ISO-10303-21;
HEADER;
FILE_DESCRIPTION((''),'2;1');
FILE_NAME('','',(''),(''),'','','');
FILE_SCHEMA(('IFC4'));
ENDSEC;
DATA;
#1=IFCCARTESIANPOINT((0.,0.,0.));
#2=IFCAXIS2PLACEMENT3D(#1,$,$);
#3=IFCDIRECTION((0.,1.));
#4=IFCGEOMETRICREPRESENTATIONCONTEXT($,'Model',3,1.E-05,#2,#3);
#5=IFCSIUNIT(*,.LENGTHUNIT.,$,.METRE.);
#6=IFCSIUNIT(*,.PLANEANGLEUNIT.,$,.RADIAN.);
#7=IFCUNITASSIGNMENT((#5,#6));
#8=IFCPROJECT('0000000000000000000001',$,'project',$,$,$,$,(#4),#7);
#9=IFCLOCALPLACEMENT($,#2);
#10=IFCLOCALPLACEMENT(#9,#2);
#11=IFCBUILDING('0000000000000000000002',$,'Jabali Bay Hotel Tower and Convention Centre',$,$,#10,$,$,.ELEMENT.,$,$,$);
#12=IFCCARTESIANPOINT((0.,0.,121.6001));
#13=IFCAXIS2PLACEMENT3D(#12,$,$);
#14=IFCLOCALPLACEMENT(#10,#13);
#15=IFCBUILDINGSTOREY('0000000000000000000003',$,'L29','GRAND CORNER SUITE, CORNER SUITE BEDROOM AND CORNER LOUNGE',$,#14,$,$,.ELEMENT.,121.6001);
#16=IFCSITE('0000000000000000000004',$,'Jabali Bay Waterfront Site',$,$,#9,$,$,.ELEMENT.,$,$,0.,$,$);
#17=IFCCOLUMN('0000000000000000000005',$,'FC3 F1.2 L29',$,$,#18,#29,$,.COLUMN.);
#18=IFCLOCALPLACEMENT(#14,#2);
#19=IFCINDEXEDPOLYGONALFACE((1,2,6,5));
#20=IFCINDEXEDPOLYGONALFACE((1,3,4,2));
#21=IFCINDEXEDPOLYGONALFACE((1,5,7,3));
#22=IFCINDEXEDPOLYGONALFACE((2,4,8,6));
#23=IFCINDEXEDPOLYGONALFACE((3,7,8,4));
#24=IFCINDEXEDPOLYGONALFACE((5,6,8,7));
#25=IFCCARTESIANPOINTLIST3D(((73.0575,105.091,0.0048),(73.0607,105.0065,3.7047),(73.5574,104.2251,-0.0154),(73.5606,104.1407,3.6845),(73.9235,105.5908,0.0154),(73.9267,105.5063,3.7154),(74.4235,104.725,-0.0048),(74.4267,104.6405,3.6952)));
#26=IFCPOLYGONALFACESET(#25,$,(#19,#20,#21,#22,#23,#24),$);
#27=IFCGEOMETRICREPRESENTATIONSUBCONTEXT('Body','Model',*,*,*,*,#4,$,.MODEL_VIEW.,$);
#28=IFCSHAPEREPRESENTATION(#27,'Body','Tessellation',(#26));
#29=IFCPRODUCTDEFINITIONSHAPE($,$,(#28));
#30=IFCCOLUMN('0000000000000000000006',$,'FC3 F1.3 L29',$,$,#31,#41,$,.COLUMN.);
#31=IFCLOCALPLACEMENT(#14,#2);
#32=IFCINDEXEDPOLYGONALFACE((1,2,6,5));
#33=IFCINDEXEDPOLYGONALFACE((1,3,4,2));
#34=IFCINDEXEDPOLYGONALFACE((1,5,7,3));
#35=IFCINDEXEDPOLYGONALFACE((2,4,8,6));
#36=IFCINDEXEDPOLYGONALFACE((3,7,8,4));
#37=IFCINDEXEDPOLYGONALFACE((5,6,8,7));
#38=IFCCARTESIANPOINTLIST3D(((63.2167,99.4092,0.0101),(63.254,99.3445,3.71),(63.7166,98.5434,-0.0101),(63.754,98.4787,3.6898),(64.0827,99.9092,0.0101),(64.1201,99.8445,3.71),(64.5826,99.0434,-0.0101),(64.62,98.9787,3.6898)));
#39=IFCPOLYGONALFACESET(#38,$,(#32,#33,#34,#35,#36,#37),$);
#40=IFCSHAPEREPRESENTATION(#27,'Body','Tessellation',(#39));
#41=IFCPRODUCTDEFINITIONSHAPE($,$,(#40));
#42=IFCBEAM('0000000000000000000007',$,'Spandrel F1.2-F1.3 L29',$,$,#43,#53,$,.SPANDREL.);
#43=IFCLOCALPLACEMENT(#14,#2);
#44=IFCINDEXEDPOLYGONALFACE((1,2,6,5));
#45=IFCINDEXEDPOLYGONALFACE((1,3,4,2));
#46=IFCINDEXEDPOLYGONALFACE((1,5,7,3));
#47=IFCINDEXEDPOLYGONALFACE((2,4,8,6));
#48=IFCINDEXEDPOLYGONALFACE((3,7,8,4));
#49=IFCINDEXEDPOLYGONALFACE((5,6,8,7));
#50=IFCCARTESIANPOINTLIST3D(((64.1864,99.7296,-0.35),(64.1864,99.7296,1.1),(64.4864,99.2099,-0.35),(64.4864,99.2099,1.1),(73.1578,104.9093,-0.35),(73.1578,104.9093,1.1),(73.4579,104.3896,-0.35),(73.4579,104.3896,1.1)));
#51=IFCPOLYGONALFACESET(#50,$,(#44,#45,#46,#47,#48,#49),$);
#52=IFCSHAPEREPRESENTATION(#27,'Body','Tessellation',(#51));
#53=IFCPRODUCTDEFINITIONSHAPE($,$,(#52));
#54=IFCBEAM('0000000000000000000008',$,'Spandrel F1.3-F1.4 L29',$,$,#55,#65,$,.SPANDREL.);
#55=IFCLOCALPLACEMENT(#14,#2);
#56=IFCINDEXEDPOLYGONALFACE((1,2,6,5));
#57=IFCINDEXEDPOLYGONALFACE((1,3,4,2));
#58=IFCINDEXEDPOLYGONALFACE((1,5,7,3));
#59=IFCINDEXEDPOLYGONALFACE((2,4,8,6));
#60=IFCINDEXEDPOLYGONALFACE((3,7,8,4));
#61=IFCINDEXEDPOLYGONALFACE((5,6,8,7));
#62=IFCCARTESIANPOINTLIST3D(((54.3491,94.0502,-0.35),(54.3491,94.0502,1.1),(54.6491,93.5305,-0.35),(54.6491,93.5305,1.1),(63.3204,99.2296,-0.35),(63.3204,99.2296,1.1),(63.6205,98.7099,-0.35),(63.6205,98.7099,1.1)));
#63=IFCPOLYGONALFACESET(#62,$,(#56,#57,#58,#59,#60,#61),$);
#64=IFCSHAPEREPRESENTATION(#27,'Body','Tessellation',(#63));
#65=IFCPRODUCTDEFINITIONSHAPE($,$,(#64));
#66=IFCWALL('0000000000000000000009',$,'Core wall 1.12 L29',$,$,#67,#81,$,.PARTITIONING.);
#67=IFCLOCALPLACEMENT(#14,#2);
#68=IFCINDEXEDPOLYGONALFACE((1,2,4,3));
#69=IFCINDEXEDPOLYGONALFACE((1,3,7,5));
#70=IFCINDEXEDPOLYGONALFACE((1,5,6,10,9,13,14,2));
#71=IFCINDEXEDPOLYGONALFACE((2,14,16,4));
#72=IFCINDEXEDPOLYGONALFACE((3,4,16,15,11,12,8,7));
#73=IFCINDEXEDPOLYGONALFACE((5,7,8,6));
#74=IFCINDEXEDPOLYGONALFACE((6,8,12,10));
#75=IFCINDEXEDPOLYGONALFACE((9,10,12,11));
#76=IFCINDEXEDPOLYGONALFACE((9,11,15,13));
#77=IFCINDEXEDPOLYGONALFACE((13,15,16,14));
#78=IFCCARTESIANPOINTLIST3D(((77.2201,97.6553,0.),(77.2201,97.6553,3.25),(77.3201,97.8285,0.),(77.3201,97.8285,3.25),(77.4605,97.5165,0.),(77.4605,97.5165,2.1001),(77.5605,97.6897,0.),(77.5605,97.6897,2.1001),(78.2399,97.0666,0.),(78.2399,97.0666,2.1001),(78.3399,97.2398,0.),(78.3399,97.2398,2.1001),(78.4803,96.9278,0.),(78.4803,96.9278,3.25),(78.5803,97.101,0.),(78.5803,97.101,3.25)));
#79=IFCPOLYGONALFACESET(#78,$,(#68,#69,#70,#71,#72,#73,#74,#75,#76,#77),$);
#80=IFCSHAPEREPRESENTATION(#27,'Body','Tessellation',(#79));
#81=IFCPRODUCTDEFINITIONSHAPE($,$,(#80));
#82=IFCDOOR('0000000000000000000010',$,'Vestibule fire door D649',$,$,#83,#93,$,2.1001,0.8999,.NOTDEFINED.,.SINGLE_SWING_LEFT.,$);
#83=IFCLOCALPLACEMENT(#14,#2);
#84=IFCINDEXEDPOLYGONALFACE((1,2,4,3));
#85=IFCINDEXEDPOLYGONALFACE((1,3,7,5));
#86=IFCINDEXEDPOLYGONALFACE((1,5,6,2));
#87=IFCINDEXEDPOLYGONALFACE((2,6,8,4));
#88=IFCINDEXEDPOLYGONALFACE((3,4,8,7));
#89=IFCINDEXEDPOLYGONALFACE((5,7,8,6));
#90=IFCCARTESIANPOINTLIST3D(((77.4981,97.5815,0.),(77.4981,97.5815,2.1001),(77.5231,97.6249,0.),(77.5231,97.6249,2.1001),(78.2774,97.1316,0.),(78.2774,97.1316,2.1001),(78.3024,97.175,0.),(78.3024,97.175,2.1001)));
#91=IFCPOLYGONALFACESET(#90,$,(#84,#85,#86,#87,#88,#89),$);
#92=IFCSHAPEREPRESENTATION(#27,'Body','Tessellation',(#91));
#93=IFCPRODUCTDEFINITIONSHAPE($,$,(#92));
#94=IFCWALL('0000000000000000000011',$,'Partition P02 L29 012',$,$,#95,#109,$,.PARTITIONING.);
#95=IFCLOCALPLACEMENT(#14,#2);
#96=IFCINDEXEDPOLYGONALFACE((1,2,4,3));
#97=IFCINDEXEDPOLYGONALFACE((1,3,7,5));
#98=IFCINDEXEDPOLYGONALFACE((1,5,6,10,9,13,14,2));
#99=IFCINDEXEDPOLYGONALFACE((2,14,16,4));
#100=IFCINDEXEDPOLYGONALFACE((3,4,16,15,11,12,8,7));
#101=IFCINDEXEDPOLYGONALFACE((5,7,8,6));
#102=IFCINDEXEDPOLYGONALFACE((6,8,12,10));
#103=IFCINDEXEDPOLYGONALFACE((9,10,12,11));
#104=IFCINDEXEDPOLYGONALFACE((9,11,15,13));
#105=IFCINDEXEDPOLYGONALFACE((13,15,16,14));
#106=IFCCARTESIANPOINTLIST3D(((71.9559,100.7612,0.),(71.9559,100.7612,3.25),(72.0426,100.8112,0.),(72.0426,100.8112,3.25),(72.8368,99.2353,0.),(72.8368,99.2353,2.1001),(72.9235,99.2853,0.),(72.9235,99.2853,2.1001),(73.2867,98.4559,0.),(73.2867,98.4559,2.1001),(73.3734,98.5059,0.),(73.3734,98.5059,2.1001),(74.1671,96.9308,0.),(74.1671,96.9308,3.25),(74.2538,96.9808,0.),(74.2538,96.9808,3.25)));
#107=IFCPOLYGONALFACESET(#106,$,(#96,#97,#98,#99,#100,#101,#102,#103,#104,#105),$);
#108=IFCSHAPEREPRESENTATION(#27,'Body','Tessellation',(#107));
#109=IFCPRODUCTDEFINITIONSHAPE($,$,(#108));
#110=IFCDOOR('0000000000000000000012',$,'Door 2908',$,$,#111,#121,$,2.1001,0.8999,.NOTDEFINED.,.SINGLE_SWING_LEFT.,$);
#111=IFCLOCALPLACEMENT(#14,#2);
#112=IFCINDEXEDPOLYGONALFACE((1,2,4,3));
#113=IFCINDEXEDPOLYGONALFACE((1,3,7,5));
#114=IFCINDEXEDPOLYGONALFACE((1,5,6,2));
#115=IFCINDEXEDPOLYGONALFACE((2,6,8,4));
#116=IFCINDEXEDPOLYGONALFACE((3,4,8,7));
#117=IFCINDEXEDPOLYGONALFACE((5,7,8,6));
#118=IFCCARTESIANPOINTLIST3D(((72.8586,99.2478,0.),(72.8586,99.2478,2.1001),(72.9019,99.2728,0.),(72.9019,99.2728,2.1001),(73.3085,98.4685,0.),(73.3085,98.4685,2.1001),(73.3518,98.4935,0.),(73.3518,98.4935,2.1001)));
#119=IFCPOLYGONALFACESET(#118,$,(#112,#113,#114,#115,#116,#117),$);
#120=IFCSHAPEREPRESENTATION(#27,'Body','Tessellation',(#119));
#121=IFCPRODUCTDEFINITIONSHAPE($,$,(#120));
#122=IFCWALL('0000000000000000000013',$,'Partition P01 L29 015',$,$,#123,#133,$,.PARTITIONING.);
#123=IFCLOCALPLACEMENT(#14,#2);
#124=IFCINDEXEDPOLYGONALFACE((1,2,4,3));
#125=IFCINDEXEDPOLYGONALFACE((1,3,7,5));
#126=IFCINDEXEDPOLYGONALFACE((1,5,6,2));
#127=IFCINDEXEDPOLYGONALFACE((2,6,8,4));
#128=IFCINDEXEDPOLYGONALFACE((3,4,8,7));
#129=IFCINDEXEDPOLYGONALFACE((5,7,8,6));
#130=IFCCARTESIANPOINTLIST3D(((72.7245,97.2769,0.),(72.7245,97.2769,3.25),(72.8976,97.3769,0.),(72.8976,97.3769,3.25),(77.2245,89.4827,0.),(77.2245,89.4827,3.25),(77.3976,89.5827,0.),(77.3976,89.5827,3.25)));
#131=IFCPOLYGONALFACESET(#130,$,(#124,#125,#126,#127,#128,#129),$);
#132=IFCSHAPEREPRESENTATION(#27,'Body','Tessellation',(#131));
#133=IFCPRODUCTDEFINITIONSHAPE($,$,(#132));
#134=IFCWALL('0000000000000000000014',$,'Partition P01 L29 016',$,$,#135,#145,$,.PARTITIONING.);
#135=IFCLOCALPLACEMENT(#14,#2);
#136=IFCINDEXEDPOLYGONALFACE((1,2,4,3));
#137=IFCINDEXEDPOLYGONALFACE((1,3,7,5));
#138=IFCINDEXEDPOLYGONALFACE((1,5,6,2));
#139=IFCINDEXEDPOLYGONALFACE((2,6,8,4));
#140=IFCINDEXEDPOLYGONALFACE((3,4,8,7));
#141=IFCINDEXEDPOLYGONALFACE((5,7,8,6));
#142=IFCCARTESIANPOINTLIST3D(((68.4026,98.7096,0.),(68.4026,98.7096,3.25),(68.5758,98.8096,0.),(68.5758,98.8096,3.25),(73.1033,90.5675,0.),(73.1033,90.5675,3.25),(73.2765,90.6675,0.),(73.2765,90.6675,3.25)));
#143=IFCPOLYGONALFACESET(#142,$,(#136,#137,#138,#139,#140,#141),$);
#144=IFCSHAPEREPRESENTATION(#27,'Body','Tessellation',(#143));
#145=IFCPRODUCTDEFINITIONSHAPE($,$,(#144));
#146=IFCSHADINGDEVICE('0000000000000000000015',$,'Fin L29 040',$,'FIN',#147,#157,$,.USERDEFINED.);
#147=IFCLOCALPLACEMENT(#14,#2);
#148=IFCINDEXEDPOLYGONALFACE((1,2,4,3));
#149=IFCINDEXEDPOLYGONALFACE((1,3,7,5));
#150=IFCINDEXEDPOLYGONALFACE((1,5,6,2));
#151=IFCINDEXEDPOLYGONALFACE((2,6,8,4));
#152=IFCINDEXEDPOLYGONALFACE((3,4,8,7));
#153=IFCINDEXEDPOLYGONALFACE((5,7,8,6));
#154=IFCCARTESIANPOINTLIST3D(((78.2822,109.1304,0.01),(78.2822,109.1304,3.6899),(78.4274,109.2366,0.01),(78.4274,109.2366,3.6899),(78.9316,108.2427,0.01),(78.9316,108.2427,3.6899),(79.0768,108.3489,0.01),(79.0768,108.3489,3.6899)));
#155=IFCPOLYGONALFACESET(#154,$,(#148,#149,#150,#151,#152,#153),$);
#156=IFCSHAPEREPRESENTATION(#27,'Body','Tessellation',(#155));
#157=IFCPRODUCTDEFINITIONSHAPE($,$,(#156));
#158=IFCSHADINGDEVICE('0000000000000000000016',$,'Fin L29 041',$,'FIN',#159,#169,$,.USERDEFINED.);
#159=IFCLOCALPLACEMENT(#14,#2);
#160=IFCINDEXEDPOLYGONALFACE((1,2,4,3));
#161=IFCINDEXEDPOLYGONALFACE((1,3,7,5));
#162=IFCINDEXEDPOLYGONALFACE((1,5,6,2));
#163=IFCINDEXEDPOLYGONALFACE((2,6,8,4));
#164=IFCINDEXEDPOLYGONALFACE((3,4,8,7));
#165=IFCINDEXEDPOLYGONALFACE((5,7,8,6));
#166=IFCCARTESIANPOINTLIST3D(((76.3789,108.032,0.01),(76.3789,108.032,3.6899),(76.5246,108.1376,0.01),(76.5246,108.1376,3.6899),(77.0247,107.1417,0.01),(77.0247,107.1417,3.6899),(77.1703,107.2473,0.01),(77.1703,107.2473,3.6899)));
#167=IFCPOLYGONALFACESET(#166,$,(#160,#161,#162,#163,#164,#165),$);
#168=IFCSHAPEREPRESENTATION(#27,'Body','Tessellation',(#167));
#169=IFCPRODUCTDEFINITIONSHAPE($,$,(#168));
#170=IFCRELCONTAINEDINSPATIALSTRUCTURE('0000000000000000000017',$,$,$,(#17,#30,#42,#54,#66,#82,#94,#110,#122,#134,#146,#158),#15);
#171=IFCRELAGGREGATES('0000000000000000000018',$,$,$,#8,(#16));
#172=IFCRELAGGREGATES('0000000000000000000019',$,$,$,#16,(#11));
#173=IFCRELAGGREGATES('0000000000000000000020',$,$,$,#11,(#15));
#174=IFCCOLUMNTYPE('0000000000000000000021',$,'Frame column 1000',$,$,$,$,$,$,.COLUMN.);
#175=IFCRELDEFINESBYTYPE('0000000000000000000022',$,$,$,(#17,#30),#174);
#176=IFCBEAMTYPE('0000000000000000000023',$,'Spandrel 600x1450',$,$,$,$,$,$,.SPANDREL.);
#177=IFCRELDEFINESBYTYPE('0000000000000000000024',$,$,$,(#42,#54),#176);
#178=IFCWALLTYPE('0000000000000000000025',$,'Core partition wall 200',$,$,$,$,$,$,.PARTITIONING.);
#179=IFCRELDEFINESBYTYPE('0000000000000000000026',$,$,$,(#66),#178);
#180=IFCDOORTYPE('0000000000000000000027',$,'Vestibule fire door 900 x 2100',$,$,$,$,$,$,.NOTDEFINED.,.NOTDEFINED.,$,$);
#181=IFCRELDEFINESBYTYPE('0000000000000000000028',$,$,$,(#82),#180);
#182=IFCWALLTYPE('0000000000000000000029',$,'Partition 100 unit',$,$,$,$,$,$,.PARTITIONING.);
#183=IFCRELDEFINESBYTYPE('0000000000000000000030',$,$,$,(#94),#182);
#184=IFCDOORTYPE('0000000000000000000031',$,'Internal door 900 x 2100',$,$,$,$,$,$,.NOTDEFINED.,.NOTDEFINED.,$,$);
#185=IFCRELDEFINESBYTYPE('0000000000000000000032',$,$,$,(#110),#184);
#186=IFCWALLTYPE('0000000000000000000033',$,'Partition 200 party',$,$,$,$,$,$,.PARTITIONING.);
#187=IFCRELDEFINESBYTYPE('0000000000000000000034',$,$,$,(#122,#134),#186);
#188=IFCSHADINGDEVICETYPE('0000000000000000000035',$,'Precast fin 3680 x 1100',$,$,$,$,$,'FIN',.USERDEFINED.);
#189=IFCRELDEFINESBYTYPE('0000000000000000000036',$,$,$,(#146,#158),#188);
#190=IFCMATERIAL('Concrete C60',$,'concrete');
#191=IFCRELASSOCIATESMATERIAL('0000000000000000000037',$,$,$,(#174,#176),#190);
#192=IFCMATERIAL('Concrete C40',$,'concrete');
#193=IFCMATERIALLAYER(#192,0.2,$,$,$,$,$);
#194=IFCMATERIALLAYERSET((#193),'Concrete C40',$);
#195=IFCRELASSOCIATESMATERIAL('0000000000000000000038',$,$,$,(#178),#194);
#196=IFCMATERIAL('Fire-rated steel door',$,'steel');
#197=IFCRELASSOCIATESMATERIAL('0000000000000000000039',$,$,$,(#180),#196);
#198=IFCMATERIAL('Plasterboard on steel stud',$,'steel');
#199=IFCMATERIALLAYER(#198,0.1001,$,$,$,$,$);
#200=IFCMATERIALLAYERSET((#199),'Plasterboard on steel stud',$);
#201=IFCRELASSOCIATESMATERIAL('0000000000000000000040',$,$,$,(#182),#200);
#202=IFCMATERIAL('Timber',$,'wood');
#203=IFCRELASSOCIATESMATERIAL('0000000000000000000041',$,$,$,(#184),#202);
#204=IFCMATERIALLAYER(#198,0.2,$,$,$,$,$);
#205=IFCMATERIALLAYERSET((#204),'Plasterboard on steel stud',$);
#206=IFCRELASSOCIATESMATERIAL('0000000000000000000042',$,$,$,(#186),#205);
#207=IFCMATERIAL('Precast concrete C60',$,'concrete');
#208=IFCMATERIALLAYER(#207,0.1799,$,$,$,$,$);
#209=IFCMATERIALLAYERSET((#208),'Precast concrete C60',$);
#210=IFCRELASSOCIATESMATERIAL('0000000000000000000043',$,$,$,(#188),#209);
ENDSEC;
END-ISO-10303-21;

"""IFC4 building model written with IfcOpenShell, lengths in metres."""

from ifc_helpers import new_model, si_unit, direction, frame, frame_2d, origin, origin_2d, place, context, subcontext, project, spatial, rectangle, extrude, material, layer, layer_set, material_profile, profile_set, type_object, element, fill, save


model = new_model("IFC4")

# Units and contexts
model_context = context("Model", 3, precision=1e-05, world=origin(), true_north=direction((0.0, 1.0)))
body_context = subcontext(model_context, "Body", "Model", "MODEL_VIEW")
ifc_project = project(units=[si_unit("LENGTHUNIT", "METRE"), si_unit("PLANEANGLEUNIT", "RADIAN")], contexts=[model_context])

# Site, building, storey
site_placement = place(None, origin())
site = spatial("IfcSite", under=ifc_project, at=site_placement, Name="Jabali Bay Waterfront Site", CompositionType="ELEMENT", RefElevation=0.0)
building_placement = place(site_placement, origin())
building = spatial("IfcBuilding", under=site, at=building_placement, Name="Jabali Bay Hotel Tower and Convention Centre", CompositionType="ELEMENT")
storey_placement = place(building_placement, frame((0.0, 0.0, 121.6001)))
storey = spatial("IfcBuildingStorey", under=building, at=storey_placement, Name="L29", Description="GRAND CORNER SUITE, CORNER SUITE BEDROOM AND CORNER LOUNGE", CompositionType="ELEMENT", Elevation=121.6001)

# Columns
ifc_material_1 = material(Name="Concrete C60", Category="concrete")
ifc_material_profile_1 = material_profile(ifc_material_1, rectangle(XDim=1.0, YDim=1.0, at=origin_2d()), Name="Frame column 1000")
ifc_profile_set_1 = profile_set([ifc_material_profile_1], Name="Concrete C60")
column_type = type_object("IfcColumnType", Name="Frame column 1000", PredefinedType="COLUMN", material=ifc_profile_set_1)
column_1_placement = place(storey_placement, frame((73.7405, 104.908, 0.0), z_axis=(0.000858, -0.022825, 0.999739), x_axis=(0.86606, 0.499826, 0.010668)))
element("IfcColumn", 1, at=column_1_placement, inside=storey, type_object=column_type, Name="FC3 F1.2 L29", PredefinedType="COLUMN", context=body_context, shape_type="SweptSolid", body=[
    extrude(rectangle(XDim=1.0, YDim=1.0, at=origin_2d()), origin(), (0.0, 0.0, 1.0), 3.7009),
])
column_2_placement = place(storey_placement, frame((63.8997, 99.2263, 0.0), z_axis=(0.010094, -0.017482, 0.999796), x_axis=(0.86602, 0.500009, 0.0)))
element("IfcColumn", 2, at=column_2_placement, inside=storey, type_object=column_type, Name="FC3 F1.3 L29", PredefinedType="COLUMN", context=body_context, shape_type="SweptSolid", body=[
    extrude(rectangle(XDim=1.0, YDim=1.0, at=origin_2d()), origin(), (0.0, 0.0, 1.0), 3.7007),
])

# Beams
ifc_material_profile_2 = material_profile(ifc_material_1, rectangle(XDim=0.6001, YDim=1.45, at=origin_2d()), Name="Spandrel 600x1450")
ifc_profile_set_2 = profile_set([ifc_material_profile_2], Name="Concrete C60")
beam_type = type_object("IfcBeamType", Name="Spandrel 600x1450", PredefinedType="SPANDREL", material=ifc_profile_set_2)
beam_1_placement = place(storey_placement, frame((73.3079, 104.6494, 0.375), z_axis=(-0.866024, -0.500002, 0.0), x_axis=(0.500002, -0.866024, 0.0)))
element("IfcBeam", 3, at=beam_1_placement, inside=storey, type_object=beam_type, Name="Spandrel F1.2-F1.3 L29", PredefinedType="SPANDREL", context=body_context, shape_type="SweptSolid", body=[
    extrude(rectangle(XDim=0.6001, YDim=1.45, at=origin_2d()), origin(), (0.0, 0.0, 1.0), 10.3594),
])
beam_2_placement = place(storey_placement, frame((63.4705, 98.9697, 0.375), z_axis=(-0.866034, -0.499984, 0.0), x_axis=(0.499984, -0.866034, 0.0)))
element("IfcBeam", 4, at=beam_2_placement, inside=storey, type_object=beam_type, Name="Spandrel F1.3-F1.4 L29", PredefinedType="SPANDREL", context=body_context, shape_type="SweptSolid", body=[
    extrude(rectangle(XDim=0.6001, YDim=1.45, at=origin_2d()), origin(), (0.0, 0.0, 1.0), 10.3591),
])

# Walls, openings, doors
ifc_material_2 = material(Name="Concrete C40", Category="concrete")
ifc_layer_1 = layer(ifc_material_2, 0.2)
ifc_layer_set_1 = layer_set([ifc_layer_1], Name="Concrete C40")
wall_type_1 = type_object("IfcWallType", Name="Core partition wall 200", PredefinedType="PARTITIONING", material=ifc_layer_set_1)
wall_1_placement = place(storey_placement, frame((78.5303, 97.0144, 0.0), z_axis=(0.0, 0.0, 1.0), x_axis=(-0.866046, 0.499965, 0.0)))
wall_1 = element("IfcWall", 5, at=wall_1_placement, inside=storey, type_object=wall_type_1, Name="Core wall 1.12 L29", PredefinedType="PARTITIONING", context=body_context, shape_type="SweptSolid", body=[
    extrude(rectangle(XDim=1.4551, YDim=0.2, at=frame_2d((0.7275, 0.0))), origin(), (0.0, 0.0, 1.0), 3.25),
])
opening_1_placement = place(wall_1_placement, frame((0.2776, 0.0, 0.0)))
opening_1 = element("IfcOpeningElement", 6, at=opening_1_placement, cuts=wall_1, PredefinedType="OPENING", context=body_context, shape_type="SweptSolid", body=[
    extrude(rectangle(XDim=0.8999, YDim=2.1001, at=frame_2d((0.45, 1.05))), frame((0.0, 0.1104, 0.0), z_axis=(0.0, -1.0, 0.0), x_axis=(1.0, 0.0, 0.0)), (0.0, 0.0, 1.0), 0.2209),
])
ifc_material_3 = material(Name="Fire-rated steel door", Category="steel")
door_type_1 = type_object("IfcDoorType", Name="Vestibule fire door 900 x 2100", OperationType="NOTDEFINED", PredefinedType="NOTDEFINED", material=ifc_material_3)
door_1_placement = place(opening_1_placement, origin())
door_1 = element("IfcDoor", 7, at=door_1_placement, inside=storey, type_object=door_type_1, Name="Vestibule fire door D649", OperationType="SINGLE_SWING_LEFT", OverallHeight=2.1001, OverallWidth=0.8999, PredefinedType="NOTDEFINED", context=body_context, shape_type="SweptSolid", body=[
    extrude(rectangle(XDim=0.8999, YDim=2.1001, at=frame_2d((0.45, 1.05))), frame((0.0, 0.0249, 0.0), z_axis=(0.0, -1.0, 0.0), x_axis=(1.0, 0.0, 0.0)), (0.0, 0.0, 1.0), 0.05),
])
fill(opening_1, door_1)
ifc_material_4 = material(Name="Plasterboard on steel stud", Category="steel")
ifc_layer_2 = layer(ifc_material_4, 0.1001)
ifc_layer_set_2 = layer_set([ifc_layer_2], Name="Plasterboard on steel stud")
wall_type_2 = type_object("IfcWallType", Name="Partition 100 unit", PredefinedType="PARTITIONING", material=ifc_layer_set_2)
wall_2_placement = place(storey_placement, frame((74.2104, 96.9558, 0.0), z_axis=(0.0, 0.0, 1.0), x_axis=(-0.499957, 0.86605, 0.0)))
wall_2 = element("IfcWall", 8, at=wall_2_placement, inside=storey, type_object=wall_type_2, Name="Partition P02 L29 012", PredefinedType="PARTITIONING", context=body_context, shape_type="SweptSolid", body=[
    extrude(rectangle(XDim=4.4229, YDim=0.1001, at=frame_2d((2.2114, 0.0))), origin(), (0.0, 0.0, 1.0), 3.25),
])
opening_2_placement = place(wall_2_placement, frame((1.761, 0.0, 0.0)))
opening_2 = element("IfcOpeningElement", 9, at=opening_2_placement, cuts=wall_2, PredefinedType="OPENING", context=body_context, shape_type="SweptSolid", body=[
    extrude(rectangle(XDim=0.8999, YDim=2.1001, at=frame_2d((0.45, 1.05))), frame((0.0, 0.0605, 0.0), z_axis=(0.0, -1.0, 0.0), x_axis=(1.0, 0.0, 0.0)), (0.0, 0.0, 1.0), 0.1211),
])
ifc_material_5 = material(Name="Timber", Category="wood")
door_type_2 = type_object("IfcDoorType", Name="Internal door 900 x 2100", OperationType="NOTDEFINED", PredefinedType="NOTDEFINED", material=ifc_material_5)
door_2_placement = place(opening_2_placement, origin())
door_2 = element("IfcDoor", 10, at=door_2_placement, inside=storey, type_object=door_type_2, Name="Door 2908", OperationType="SINGLE_SWING_LEFT", OverallHeight=2.1001, OverallWidth=0.8999, PredefinedType="NOTDEFINED", context=body_context, shape_type="SweptSolid", body=[
    extrude(rectangle(XDim=0.8999, YDim=2.1001, at=frame_2d((0.45, 1.05))), frame((0.0, 0.0249, 0.0), z_axis=(0.0, -1.0, 0.0), x_axis=(1.0, 0.0, 0.0)), (0.0, 0.0, 1.0), 0.05),
])
fill(opening_2, door_2)

# Walls
ifc_layer_3 = layer(ifc_material_4, 0.2)
ifc_layer_set_3 = layer_set([ifc_layer_3], Name="Plasterboard on steel stud")
wall_type_3 = type_object("IfcWallType", Name="Partition 200 party", PredefinedType="PARTITIONING", material=ifc_layer_set_3)
wall_3_placement = place(storey_placement, frame((72.811, 97.3269, 0.0), z_axis=(0.0, 0.0, 1.0), x_axis=(0.500002, -0.866024, 0.0)))
element("IfcWall", 11, at=wall_3_placement, inside=storey, type_object=wall_type_3, Name="Partition P01 L29 015", PredefinedType="PARTITIONING", context=body_context, shape_type="SweptSolid", body=[
    extrude(rectangle(XDim=9.0, YDim=0.2, at=frame_2d((4.5, 0.0))), origin(), (0.0, 0.0, 1.0), 3.25),
])
wall_4_placement = place(storey_placement, frame((68.4893, 98.7595, 0.0), z_axis=(0.0, 0.0, 1.0), x_axis=(0.499988, -0.866033, 0.0)))
element("IfcWall", 12, at=wall_4_placement, inside=storey, type_object=wall_type_3, Name="Partition P01 L29 016", PredefinedType="PARTITIONING", context=body_context, shape_type="SweptSolid", body=[
    extrude(rectangle(XDim=9.4016, YDim=0.2, at=frame_2d((4.7007, 0.0))), origin(), (0.0, 0.0, 1.0), 3.25),
])

# Shading devices
ifc_material_6 = material(Name="Precast concrete C60", Category="concrete")
ifc_layer_4 = layer(ifc_material_6, 0.1799)
ifc_layer_set_4 = layer_set([ifc_layer_4], Name="Precast concrete C60")
shading_device_type = type_object("IfcShadingDeviceType", Name="Precast fin 3680 x 1100", ElementType="FIN", PredefinedType="USERDEFINED", material=ifc_layer_set_4)
for number, where, z_axis, x_axis, name in (
    (13, (79.0042, 108.2959, 0.01), (0.0, 0.0, 1.0), (-0.590439, 0.807082, 0.0), "Fin L29 040"),
    (14, (77.0974, 107.1946, 0.01), (0.0, 0.0, 1.0), (-0.587102, 0.809513, 0.0), "Fin L29 041"),
):
    element("IfcShadingDevice", number, at=place(storey_placement, frame(where, z_axis=z_axis, x_axis=x_axis)), inside=storey, type_object=shading_device_type, Name=name, ObjectType="FIN", PredefinedType="USERDEFINED", context=body_context, shape_type="SweptSolid", body=[
        extrude(rectangle(XDim=1.0999, YDim=0.1799, at=frame_2d((0.5498, 0.0))), origin(), (0.0, 0.0, 1.0), 3.6799),
    ])

save(model, "model.ifc")
